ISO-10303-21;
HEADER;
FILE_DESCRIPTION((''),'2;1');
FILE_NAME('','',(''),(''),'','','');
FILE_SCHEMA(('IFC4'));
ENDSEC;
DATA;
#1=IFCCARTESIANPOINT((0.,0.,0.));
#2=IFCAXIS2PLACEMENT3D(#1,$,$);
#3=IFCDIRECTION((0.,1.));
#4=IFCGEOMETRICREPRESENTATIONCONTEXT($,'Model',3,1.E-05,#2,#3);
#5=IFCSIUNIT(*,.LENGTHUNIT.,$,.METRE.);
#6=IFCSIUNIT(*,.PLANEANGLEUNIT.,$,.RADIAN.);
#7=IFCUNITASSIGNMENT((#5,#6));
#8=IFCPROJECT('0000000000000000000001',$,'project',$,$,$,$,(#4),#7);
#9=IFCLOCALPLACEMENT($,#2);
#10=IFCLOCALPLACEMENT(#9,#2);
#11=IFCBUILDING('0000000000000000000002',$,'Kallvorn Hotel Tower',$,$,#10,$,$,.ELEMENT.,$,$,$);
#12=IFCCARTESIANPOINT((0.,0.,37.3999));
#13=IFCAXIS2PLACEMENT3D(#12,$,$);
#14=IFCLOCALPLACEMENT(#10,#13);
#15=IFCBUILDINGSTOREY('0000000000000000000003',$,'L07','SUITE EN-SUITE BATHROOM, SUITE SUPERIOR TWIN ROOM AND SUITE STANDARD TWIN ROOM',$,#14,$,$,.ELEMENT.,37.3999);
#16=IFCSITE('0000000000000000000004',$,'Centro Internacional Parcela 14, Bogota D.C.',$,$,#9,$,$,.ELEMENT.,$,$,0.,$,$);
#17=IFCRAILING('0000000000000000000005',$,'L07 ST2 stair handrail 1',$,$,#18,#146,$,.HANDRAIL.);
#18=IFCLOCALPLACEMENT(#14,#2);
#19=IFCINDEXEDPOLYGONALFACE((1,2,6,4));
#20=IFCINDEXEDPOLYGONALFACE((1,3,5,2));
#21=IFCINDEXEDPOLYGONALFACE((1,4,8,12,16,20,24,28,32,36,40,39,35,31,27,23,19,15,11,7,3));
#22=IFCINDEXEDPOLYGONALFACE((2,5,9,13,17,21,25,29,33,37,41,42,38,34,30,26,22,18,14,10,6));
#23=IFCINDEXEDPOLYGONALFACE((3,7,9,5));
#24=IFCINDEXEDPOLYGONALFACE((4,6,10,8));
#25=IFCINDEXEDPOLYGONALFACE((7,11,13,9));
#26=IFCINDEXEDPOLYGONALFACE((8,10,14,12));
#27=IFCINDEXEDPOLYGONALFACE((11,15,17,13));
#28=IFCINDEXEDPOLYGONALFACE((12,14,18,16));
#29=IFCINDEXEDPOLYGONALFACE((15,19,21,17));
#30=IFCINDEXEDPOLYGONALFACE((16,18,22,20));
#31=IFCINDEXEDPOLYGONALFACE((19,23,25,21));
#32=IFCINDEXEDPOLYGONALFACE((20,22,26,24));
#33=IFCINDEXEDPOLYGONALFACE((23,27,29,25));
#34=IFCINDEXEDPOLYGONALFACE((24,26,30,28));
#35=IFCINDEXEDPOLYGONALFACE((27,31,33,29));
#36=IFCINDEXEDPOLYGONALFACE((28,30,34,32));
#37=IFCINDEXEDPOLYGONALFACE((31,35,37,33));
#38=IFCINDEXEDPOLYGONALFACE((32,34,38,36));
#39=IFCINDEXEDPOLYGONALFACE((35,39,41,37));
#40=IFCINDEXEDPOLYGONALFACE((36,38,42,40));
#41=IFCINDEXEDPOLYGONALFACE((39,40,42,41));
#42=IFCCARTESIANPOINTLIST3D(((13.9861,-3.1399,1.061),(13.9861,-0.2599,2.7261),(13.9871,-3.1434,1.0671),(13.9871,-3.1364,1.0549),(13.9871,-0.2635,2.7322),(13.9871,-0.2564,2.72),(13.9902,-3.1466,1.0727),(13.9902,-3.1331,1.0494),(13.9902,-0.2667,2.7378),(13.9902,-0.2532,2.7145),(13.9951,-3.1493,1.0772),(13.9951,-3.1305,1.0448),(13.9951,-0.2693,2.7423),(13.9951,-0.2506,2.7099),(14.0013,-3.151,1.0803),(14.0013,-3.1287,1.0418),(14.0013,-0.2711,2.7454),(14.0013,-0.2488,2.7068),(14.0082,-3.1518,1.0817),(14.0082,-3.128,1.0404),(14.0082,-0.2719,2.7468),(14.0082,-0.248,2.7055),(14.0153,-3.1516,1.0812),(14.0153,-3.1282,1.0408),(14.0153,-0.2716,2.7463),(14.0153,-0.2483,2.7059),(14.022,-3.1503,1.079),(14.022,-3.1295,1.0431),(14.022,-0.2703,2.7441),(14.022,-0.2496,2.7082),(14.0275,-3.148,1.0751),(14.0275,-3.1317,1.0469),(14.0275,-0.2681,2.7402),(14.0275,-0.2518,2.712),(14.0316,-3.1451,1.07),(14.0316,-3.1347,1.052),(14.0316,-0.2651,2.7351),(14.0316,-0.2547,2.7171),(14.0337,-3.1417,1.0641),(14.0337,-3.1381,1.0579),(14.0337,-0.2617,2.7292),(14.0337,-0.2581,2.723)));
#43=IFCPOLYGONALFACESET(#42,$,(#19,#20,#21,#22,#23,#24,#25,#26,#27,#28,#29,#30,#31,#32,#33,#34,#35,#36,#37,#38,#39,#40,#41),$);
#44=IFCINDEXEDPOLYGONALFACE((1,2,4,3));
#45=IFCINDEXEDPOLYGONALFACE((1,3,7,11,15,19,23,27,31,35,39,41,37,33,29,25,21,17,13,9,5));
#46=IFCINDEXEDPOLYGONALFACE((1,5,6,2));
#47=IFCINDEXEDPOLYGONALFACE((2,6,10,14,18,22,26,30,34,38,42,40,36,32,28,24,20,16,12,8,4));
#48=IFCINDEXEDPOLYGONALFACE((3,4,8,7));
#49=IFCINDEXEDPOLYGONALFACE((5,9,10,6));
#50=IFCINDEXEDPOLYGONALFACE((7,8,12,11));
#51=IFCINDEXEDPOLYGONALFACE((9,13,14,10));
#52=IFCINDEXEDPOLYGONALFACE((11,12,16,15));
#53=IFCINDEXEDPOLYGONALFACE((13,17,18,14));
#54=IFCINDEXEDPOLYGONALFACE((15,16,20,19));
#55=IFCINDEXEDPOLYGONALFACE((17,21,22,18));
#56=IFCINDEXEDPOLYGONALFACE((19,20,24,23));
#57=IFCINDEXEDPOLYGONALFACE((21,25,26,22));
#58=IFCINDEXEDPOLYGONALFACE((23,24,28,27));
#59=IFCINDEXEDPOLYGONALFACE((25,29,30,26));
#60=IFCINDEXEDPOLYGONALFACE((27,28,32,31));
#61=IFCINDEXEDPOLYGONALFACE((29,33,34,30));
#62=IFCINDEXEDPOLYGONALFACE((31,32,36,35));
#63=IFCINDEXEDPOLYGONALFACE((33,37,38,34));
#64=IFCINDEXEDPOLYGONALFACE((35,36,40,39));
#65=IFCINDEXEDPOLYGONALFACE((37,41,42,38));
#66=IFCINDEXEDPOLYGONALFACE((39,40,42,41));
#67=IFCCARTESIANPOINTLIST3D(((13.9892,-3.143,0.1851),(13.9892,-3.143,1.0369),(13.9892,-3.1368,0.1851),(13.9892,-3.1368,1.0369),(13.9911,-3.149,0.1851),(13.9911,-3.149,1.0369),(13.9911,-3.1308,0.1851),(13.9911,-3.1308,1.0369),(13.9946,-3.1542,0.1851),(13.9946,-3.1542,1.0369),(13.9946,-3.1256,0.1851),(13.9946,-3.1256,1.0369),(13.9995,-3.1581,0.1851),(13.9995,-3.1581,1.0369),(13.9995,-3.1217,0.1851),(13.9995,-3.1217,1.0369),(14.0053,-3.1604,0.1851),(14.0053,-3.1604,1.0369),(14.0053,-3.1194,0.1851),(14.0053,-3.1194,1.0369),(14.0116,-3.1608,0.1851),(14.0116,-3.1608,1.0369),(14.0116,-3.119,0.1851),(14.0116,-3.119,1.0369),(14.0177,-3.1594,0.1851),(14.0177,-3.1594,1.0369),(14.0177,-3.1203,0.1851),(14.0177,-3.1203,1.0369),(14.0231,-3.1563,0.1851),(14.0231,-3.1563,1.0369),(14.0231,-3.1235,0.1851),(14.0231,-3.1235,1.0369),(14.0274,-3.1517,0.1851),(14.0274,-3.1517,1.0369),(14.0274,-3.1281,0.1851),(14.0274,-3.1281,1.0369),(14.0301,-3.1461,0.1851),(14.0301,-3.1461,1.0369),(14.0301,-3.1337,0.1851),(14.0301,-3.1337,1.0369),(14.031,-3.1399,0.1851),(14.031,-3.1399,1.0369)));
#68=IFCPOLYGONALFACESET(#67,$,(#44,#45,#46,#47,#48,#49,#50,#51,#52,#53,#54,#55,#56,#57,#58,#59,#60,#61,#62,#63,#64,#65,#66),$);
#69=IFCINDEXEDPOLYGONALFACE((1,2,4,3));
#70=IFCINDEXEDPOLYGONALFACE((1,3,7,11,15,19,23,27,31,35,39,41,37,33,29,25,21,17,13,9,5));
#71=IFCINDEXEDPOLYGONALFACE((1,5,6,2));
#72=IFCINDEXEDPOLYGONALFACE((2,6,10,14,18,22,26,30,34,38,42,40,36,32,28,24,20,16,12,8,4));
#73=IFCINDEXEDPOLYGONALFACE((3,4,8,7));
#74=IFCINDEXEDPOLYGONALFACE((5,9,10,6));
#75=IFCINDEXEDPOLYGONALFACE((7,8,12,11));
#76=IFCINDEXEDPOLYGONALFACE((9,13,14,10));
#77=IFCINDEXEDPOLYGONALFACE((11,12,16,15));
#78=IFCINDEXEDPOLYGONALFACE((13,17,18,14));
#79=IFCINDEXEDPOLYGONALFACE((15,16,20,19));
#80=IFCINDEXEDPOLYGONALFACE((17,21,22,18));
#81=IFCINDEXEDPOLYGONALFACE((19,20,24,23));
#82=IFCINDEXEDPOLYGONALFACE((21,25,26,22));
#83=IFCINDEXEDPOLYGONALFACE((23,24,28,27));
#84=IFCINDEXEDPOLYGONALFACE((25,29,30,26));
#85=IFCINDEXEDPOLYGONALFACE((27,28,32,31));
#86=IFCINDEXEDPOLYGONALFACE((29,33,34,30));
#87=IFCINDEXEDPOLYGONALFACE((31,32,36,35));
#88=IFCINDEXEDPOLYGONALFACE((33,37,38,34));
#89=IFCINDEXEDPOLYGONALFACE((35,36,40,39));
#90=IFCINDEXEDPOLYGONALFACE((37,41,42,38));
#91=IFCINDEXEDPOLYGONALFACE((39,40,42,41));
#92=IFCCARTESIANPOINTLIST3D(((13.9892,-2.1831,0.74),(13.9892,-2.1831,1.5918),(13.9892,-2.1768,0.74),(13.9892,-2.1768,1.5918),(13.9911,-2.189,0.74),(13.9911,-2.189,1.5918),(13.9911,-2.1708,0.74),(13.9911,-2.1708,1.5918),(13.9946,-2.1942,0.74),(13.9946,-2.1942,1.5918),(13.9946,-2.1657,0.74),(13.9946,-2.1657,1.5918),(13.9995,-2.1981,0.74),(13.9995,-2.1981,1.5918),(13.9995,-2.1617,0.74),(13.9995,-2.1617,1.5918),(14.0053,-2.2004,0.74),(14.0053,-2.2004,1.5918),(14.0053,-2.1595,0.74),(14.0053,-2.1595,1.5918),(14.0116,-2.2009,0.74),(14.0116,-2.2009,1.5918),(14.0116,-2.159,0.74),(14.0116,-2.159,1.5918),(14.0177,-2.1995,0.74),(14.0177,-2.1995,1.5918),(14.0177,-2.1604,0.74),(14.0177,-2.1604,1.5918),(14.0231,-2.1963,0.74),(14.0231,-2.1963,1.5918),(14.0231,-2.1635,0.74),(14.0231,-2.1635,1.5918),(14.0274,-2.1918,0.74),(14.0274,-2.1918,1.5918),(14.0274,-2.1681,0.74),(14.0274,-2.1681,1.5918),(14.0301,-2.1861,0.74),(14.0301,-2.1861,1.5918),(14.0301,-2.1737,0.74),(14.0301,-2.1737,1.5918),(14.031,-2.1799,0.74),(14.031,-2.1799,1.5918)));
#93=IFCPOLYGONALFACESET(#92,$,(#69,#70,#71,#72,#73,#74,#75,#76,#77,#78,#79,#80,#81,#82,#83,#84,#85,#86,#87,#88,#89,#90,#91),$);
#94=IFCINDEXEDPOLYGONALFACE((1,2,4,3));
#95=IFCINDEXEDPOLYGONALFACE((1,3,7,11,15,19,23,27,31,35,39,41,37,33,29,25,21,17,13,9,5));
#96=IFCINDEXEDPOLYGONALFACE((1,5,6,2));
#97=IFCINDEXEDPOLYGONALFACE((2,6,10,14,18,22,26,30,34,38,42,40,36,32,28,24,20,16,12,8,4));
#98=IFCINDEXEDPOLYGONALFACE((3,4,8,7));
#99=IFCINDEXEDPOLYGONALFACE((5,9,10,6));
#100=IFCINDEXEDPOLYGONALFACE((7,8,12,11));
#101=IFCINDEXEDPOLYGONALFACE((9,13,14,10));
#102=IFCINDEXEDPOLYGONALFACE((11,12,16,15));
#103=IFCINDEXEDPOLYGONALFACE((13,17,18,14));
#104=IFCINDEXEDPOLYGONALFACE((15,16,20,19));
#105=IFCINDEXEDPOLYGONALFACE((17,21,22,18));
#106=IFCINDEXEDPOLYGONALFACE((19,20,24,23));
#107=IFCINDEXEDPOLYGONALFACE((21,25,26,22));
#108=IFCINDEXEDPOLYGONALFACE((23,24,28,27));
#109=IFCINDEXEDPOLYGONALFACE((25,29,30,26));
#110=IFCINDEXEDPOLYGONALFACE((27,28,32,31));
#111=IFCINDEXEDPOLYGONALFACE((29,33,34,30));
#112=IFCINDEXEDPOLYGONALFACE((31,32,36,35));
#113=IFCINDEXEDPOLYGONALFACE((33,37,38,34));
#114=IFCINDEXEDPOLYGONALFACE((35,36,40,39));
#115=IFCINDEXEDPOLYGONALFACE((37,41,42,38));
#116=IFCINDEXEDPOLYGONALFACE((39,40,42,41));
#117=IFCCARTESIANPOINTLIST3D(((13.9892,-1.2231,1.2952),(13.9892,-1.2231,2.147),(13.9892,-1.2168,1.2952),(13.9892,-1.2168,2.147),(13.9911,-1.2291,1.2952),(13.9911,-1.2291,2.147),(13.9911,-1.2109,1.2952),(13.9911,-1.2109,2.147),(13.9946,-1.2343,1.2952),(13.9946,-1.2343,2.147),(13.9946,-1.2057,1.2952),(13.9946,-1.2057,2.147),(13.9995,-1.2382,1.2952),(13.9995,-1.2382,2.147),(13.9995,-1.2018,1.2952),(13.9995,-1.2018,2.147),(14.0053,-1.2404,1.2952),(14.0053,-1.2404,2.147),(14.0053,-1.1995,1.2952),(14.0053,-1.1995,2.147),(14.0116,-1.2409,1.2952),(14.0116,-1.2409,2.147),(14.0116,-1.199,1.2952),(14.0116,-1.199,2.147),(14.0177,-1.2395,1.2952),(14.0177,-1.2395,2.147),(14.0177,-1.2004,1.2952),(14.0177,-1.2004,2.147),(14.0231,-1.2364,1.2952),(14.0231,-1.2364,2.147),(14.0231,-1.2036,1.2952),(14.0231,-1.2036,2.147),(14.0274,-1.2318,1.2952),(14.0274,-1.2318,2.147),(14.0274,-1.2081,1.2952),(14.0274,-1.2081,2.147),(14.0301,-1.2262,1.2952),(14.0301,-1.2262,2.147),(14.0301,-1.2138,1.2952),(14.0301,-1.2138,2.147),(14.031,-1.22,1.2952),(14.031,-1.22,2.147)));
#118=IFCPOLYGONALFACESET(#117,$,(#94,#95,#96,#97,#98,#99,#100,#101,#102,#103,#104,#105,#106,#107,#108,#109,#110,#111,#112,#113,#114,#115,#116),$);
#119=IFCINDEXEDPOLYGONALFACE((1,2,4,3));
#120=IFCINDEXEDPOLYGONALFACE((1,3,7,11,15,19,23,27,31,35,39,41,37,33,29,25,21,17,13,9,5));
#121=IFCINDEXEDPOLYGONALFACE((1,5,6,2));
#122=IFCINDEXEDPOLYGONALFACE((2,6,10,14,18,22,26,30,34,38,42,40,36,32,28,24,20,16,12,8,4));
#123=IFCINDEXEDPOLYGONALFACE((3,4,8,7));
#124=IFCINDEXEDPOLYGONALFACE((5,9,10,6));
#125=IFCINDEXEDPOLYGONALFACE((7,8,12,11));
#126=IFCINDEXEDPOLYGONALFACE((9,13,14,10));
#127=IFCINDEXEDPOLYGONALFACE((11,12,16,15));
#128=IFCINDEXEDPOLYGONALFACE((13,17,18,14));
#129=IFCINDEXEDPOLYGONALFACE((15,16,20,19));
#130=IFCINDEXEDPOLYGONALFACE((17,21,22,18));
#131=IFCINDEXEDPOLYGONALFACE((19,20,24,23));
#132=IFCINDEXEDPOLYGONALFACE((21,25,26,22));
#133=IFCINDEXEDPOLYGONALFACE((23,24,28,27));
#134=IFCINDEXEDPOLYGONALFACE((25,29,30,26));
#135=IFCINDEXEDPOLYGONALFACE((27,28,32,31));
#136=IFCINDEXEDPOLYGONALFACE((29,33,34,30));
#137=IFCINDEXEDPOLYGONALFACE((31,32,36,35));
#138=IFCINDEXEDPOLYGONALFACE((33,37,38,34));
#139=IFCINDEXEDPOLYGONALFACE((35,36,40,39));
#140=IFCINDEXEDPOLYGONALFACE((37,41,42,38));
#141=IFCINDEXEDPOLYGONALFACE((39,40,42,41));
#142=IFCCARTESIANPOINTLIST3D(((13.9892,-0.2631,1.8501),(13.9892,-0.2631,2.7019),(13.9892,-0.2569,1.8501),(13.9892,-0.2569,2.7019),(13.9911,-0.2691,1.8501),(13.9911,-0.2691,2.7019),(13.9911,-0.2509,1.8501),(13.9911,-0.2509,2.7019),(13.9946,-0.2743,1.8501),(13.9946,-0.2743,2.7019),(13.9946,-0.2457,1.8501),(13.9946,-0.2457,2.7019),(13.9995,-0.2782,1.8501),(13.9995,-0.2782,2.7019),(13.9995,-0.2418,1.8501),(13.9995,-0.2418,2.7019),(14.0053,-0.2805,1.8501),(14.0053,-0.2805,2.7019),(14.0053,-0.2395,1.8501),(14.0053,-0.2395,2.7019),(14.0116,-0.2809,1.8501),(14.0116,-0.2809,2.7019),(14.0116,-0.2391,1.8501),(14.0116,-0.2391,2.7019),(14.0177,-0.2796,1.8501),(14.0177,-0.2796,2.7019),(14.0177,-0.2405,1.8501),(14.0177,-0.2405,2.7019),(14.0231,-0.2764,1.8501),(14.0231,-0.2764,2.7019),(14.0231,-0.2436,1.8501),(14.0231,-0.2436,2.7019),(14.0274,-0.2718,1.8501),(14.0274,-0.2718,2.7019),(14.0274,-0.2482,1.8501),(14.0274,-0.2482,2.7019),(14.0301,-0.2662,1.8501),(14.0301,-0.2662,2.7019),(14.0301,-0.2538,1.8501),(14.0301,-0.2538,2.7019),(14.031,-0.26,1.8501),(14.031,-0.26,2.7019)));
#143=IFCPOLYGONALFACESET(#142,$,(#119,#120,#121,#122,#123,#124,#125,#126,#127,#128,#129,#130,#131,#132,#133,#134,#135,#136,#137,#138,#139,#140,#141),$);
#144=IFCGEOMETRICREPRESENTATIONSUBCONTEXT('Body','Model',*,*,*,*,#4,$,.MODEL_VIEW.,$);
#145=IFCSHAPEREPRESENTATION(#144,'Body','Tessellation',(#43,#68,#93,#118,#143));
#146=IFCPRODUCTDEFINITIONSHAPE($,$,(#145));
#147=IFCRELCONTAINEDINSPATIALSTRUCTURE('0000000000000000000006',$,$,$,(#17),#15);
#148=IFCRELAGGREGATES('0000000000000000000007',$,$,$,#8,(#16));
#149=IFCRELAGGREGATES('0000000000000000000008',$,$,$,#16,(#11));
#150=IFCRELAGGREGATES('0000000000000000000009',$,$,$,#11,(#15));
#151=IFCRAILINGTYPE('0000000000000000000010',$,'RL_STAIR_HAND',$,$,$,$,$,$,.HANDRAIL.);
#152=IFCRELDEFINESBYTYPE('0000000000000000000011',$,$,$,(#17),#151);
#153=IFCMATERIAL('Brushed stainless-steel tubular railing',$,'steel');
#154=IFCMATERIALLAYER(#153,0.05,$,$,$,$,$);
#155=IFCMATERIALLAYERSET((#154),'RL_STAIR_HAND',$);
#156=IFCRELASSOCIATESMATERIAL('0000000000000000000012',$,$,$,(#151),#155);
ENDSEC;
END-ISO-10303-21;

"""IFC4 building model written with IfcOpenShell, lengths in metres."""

from ifc_helpers import new_model, si_unit, direction, frame, origin, origin_2d, place, context, subcontext, project, spatial, circle, extrude, material, layer, layer_set, type_object, element, save


model = new_model("IFC4")

# Units and contexts
model_context = context("Model", 3, precision=1e-05, world=origin(), true_north=direction((0.0, 1.0)))
body_context = subcontext(model_context, "Body", "Model", "MODEL_VIEW")
ifc_project = project(units=[si_unit("LENGTHUNIT", "METRE"), si_unit("PLANEANGLEUNIT", "RADIAN")], contexts=[model_context])

# Site, building, storey
site_placement = place(None, origin())
site = spatial("IfcSite", under=ifc_project, at=site_placement, Name="Centro Internacional Parcela 14, Bogota D.C.", CompositionType="ELEMENT", RefElevation=0.0)
building_placement = place(site_placement, origin())
building = spatial("IfcBuilding", under=site, at=building_placement, Name="Kallvorn Hotel Tower", CompositionType="ELEMENT")
storey_placement = place(building_placement, frame((0.0, 0.0, 37.3999)))
storey = spatial("IfcBuildingStorey", under=building, at=storey_placement, Name="L07", Description="SUITE EN-SUITE BATHROOM, SUITE SUPERIOR TWIN ROOM AND SUITE STANDARD TWIN ROOM", CompositionType="ELEMENT", Elevation=37.3999)

# Railing
ifc_material_1 = material(Name="Brushed stainless-steel tubular railing", Category="steel")
ifc_layer_1 = layer(ifc_material_1, 0.05)
ifc_layer_set_1 = layer_set([ifc_layer_1], Name="RL_STAIR_HAND")
railing_type_1 = type_object("IfcRailingType", Name="RL_STAIR_HAND", PredefinedType="HANDRAIL", material=ifc_layer_set_1)
railing_1_placement = place(storey_placement, frame((14.01, -3.1399, 0.1851)))
element("IfcRailing", 1, at=railing_1_placement, inside=storey, type_object=railing_type_1, Name="L07 ST2 stair handrail 1", PredefinedType="HANDRAIL", context=body_context, shape_type="SweptSolid", body=[
    extrude(circle(Radius=0.0239, at=origin_2d()), frame((0.0, 0.0, 0.876), z_axis=(0.0, 0.865721, 0.500527), x_axis=(-1.0, 0.0, 0.0)), (0.0, 0.0, 1.0), 3.3267),
    extrude(circle(Radius=0.021, at=origin_2d()), origin(), (0.0, 0.0, 1.0), 0.8518),
    extrude(circle(Radius=0.021, at=origin_2d()), frame((0.0, 0.96, 0.5549)), (0.0, 0.0, 1.0), 0.8518),
    extrude(circle(Radius=0.021, at=origin_2d()), frame((0.0, 1.9199, 1.1101)), (0.0, 0.0, 1.0), 0.8518),
    extrude(circle(Radius=0.021, at=origin_2d()), frame((0.0, 2.8799, 1.665)), (0.0, 0.0, 1.0), 0.8518),
])

save(model, "model.ifc")
